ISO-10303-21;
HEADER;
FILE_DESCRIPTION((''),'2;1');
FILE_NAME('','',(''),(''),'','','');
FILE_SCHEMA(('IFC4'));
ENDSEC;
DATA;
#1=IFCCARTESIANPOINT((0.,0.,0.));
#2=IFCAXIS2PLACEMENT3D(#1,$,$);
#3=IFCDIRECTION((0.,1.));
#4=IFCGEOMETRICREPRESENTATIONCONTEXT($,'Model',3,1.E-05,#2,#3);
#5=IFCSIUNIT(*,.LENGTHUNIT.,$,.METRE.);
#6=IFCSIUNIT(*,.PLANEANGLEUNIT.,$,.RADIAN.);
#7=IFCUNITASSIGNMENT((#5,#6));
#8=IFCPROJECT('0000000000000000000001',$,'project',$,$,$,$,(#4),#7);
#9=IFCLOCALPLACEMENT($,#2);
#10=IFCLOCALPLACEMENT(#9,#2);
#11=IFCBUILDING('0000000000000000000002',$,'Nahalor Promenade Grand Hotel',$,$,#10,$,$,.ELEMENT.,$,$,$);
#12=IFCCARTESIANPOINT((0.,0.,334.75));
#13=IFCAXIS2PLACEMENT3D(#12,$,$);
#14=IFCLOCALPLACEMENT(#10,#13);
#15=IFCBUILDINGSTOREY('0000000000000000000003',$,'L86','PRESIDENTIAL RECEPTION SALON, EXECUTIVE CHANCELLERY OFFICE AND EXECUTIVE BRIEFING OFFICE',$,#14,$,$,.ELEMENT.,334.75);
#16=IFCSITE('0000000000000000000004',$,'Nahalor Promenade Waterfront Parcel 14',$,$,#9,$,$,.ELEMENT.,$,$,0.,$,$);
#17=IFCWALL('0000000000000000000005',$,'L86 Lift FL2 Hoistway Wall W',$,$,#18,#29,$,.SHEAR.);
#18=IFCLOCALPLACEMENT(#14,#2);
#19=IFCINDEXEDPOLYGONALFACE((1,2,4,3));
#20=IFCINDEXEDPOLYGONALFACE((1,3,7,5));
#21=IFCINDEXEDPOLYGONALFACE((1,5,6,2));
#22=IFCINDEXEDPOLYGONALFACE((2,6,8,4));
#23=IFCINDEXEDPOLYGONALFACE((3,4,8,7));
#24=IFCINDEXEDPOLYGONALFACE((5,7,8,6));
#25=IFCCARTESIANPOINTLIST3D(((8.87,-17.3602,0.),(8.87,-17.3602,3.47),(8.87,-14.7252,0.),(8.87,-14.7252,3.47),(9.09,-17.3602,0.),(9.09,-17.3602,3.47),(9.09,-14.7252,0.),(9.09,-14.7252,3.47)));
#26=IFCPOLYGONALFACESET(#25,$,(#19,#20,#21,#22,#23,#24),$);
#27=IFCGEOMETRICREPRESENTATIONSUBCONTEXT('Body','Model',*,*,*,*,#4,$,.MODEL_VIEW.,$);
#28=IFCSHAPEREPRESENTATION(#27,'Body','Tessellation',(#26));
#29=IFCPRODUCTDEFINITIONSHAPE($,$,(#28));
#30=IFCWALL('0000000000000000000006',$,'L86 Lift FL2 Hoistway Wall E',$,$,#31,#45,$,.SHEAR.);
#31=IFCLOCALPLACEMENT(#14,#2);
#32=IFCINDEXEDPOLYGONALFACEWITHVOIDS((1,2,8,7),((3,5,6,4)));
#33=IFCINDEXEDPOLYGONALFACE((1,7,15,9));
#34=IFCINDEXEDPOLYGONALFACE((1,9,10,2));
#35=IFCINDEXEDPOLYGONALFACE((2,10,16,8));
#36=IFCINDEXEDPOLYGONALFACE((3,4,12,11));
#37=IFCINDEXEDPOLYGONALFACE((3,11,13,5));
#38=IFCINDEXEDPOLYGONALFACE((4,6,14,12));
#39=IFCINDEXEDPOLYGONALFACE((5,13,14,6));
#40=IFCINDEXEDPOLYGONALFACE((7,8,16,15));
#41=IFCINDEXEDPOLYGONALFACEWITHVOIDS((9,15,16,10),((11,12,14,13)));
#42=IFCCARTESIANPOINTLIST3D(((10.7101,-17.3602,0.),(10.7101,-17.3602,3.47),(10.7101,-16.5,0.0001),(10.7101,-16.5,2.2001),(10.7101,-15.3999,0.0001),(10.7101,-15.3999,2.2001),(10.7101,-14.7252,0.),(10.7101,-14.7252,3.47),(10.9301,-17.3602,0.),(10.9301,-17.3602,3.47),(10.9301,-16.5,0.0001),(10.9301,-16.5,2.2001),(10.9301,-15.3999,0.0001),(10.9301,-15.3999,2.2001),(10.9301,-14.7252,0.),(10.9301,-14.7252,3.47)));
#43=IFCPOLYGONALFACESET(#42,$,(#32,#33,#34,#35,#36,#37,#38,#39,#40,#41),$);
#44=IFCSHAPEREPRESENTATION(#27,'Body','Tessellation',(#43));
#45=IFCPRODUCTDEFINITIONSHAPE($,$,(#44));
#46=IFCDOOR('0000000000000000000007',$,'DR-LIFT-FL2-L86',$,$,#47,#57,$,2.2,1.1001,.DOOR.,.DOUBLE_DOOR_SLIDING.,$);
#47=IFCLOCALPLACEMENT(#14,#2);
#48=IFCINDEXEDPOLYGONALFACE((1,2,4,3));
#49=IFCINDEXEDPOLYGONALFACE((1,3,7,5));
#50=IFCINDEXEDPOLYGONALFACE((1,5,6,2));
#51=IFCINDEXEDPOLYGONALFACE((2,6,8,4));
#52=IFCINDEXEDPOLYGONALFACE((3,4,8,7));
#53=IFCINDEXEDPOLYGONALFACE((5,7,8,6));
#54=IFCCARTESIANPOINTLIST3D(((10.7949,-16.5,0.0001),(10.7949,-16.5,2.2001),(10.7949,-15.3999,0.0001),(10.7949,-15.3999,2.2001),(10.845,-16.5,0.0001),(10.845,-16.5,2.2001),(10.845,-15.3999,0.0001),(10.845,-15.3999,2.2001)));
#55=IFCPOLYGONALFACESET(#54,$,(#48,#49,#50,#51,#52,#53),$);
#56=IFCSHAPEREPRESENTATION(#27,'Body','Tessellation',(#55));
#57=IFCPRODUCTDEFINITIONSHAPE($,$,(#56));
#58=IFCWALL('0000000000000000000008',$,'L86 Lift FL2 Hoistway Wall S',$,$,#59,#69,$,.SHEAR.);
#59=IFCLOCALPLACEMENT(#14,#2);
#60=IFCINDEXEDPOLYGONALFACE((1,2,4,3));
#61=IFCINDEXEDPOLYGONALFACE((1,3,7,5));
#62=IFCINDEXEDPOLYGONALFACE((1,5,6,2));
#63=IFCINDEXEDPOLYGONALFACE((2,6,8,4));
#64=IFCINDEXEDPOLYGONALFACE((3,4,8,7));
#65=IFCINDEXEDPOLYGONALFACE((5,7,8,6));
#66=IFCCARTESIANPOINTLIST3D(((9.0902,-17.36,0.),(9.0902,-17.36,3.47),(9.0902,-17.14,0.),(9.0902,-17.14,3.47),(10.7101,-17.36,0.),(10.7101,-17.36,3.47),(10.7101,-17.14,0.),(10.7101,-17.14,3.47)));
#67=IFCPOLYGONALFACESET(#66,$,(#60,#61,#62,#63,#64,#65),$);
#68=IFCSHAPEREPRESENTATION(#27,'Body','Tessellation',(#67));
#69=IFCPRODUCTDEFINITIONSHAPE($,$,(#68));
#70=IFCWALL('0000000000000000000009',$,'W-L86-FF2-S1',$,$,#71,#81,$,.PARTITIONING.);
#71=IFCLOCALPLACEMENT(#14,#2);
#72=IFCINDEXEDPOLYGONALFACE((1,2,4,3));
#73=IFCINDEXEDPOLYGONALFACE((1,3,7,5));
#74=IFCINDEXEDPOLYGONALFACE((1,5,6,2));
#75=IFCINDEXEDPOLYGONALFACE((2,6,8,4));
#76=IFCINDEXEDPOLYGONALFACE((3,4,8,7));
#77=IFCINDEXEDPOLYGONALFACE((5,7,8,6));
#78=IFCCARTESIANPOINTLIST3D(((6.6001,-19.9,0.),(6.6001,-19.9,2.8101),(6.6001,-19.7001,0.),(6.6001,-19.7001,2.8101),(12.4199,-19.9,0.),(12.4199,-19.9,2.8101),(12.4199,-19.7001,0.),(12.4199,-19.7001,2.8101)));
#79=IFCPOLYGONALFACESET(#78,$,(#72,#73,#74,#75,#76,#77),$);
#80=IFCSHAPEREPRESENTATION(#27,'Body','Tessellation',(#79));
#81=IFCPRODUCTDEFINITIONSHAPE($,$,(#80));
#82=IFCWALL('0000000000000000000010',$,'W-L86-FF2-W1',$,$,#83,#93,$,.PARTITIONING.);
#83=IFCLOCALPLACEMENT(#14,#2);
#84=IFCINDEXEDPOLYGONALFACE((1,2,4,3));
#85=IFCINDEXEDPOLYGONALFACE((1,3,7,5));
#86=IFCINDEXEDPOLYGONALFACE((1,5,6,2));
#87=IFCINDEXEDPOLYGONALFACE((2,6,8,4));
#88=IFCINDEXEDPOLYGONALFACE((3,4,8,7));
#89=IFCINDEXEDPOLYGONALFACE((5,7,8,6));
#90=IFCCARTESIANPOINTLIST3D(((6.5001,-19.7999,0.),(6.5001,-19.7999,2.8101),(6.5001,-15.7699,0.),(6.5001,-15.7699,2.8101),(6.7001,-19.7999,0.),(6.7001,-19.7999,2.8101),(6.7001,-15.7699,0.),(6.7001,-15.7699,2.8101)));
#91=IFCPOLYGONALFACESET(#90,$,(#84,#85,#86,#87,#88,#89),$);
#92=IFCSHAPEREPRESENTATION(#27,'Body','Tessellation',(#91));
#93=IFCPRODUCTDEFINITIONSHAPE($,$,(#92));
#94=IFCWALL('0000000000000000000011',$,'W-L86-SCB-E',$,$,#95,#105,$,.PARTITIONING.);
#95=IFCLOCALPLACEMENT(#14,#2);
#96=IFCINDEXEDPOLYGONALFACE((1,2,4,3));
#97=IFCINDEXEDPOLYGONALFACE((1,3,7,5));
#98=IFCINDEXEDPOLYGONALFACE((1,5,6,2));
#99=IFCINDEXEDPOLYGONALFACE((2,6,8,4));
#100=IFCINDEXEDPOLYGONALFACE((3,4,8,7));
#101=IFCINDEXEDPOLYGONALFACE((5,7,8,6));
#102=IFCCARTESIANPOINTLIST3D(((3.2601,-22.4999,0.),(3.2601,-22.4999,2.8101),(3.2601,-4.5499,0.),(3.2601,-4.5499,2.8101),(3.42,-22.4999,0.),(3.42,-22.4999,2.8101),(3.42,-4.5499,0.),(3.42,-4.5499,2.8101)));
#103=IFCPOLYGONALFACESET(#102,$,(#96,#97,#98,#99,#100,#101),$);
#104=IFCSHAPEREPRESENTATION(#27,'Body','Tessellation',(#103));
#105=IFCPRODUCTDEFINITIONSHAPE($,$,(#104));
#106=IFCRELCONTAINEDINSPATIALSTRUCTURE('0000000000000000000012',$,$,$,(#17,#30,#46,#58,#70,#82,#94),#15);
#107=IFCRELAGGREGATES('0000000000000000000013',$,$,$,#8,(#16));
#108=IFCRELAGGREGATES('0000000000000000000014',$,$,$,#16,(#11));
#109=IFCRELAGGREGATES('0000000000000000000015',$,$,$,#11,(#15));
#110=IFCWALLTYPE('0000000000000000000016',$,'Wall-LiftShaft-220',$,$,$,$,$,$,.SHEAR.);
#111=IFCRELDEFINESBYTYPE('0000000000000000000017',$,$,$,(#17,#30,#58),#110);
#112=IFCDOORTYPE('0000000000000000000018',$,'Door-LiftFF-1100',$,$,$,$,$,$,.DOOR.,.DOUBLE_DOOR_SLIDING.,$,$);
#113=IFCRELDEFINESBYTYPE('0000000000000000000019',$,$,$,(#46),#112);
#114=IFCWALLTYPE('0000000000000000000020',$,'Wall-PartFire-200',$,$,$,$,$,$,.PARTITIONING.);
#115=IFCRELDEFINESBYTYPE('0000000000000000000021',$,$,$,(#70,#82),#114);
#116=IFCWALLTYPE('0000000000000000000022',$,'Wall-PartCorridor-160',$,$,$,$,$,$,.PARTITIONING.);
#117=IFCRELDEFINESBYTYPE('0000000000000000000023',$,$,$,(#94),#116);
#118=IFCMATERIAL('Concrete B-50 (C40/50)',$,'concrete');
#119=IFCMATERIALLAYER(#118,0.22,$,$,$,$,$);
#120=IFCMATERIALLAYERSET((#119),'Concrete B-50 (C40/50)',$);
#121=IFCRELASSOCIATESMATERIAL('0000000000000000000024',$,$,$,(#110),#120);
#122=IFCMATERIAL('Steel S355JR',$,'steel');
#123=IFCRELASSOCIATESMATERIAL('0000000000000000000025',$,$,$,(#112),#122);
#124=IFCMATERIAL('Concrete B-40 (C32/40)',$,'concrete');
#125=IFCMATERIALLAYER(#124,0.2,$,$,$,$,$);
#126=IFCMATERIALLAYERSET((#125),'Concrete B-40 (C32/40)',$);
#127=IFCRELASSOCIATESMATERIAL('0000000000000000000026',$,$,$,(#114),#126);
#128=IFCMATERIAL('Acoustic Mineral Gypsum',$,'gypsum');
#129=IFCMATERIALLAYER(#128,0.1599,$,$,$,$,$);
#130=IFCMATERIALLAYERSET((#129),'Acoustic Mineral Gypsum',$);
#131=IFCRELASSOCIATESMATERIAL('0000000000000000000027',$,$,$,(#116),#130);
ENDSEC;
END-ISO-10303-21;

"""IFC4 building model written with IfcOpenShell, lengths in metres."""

from ifc_helpers import new_model, si_unit, direction, frame, frame_2d, origin, place, context, subcontext, project, spatial, rectangle, extrude, source, transform, mapped, material, layer, layer_set, type_object, element, fill, save


model = new_model("IFC4")

# Units and contexts
model_context = context("Model", 3, precision=1e-05, world=origin(), true_north=direction((0.0, 1.0)))
body_context = subcontext(model_context, "Body", "Model", "MODEL_VIEW")
ifc_project = project(units=[si_unit("LENGTHUNIT", "METRE"), si_unit("PLANEANGLEUNIT", "RADIAN")], contexts=[model_context])

# Site, building, storey
site_placement = place(None, origin())
site = spatial("IfcSite", under=ifc_project, at=site_placement, Name="Nahalor Promenade Waterfront Parcel 14", CompositionType="ELEMENT", RefElevation=0.0)
building_placement = place(site_placement, origin())
building = spatial("IfcBuilding", under=site, at=building_placement, Name="Nahalor Promenade Grand Hotel", CompositionType="ELEMENT")
storey_placement = place(building_placement, frame((0.0, 0.0, 334.75)))
storey = spatial("IfcBuildingStorey", under=building, at=storey_placement, Name="L86", Description="PRESIDENTIAL RECEPTION SALON, EXECUTIVE CHANCELLERY OFFICE AND EXECUTIVE BRIEFING OFFICE", CompositionType="ELEMENT", Elevation=334.75)

# Shared definitions
ifc_material_1 = material(Name="Concrete B-50 (C40/50)", Category="concrete")
ifc_material_2 = material(Name="Steel S355JR", Category="steel")

# Shared definitions
ifc_layer_1 = layer(ifc_material_1, 0.22)
ifc_layer_set_1 = layer_set([ifc_layer_1], Name="Concrete B-50 (C40/50)")
wall_type_1 = type_object("IfcWallType", Name="Wall-LiftShaft-220", PredefinedType="SHEAR", material=ifc_layer_set_1)

# Wall
shared_shape_1 = source(origin(), body_context, "Body", "SweptSolid", [
    extrude(rectangle(XDim=2.635, YDim=0.22, at=frame_2d((1.3174, 0.0))), origin(), (0.0, 0.0, 1.0), 3.47),
])
wall_1_placement = place(storey_placement, frame((8.98, -17.3601, 0.0), z_axis=(0.0, 0.0, 1.0), x_axis=(0.0, 1.0, 0.0)))
element("IfcWall", 1, at=wall_1_placement, inside=storey, type_object=wall_type_1, Name="L86 Lift FL2 Hoistway Wall W", PredefinedType="SHEAR", context=body_context, shape_type="MappedRepresentation", body=[
    mapped(shared_shape_1, transform((0.0, 0.0, 0.0), scale=1.0)),
])

# Wall, opening, door
wall_2_placement = place(storey_placement, frame((10.8201, -17.3601, 0.0), z_axis=(0.0, 0.0, 1.0), x_axis=(0.0, 1.0, 0.0)))
wall_2 = element("IfcWall", 2, at=wall_2_placement, inside=storey, type_object=wall_type_1, Name="L86 Lift FL2 Hoistway Wall E", PredefinedType="SHEAR", context=body_context, shape_type="MappedRepresentation", body=[
    mapped(shared_shape_1, transform((0.0, 0.0, 0.0), scale=1.0)),
])
opening_1_placement = place(wall_2_placement, frame((0.8601, 0.0, 0.0)))
opening_1 = element("IfcOpeningElement", 3, at=opening_1_placement, cuts=wall_2, PredefinedType="OPENING", context=body_context, shape_type="SweptSolid", body=[
    extrude(rectangle(XDim=1.1001, YDim=2.2, at=frame_2d((0.55, 1.1001))), frame((0.0, 0.1199, 0.0), z_axis=(0.0, -1.0, 0.0), x_axis=(1.0, 0.0, 0.0)), (0.0, 0.0, 1.0), 0.24),
])
door_type_1 = type_object("IfcDoorType", Name="Door-LiftFF-1100", OperationType="DOUBLE_DOOR_SLIDING", PredefinedType="DOOR", material=ifc_material_2)
shared_shape_2 = source(origin(), body_context, "Body", "SweptSolid", [
    extrude(rectangle(XDim=1.1001, YDim=2.2, at=frame_2d((0.55, 1.1001))), frame((0.0, 0.0249, 0.0), z_axis=(0.0, -1.0, 0.0), x_axis=(1.0, 0.0, 0.0)), (0.0, 0.0, 1.0), 0.05),
])
door_1_placement = place(opening_1_placement, frame((1.1001, 0.0, 0.0), z_axis=(0.0, 0.0, 1.0), x_axis=(-1.0, 0.0, 0.0)))
door_1 = element("IfcDoor", 4, at=door_1_placement, inside=storey, type_object=door_type_1, Name="DR-LIFT-FL2-L86", OperationType="DOUBLE_DOOR_SLIDING", OverallHeight=2.2, OverallWidth=1.1001, PredefinedType="DOOR", context=body_context, shape_type="MappedRepresentation", body=[
    mapped(shared_shape_2, transform((0.0, 0.0, 0.0), scale=1.0)),
])
fill(opening_1, door_1)

# Walls
shared_shape_3 = source(origin(), body_context, "Body", "SweptSolid", [
    extrude(rectangle(XDim=1.6199, YDim=0.22, at=frame_2d((0.8101, 0.0))), origin(), (0.0, 0.0, 1.0), 3.47),
])
wall_3_placement = place(storey_placement, frame((9.0901, -17.25, 0.0), z_axis=(0.0, 0.0, 1.0), x_axis=(1.0, 0.0, 0.0)))
element("IfcWall", 5, at=wall_3_placement, inside=storey, type_object=wall_type_1, Name="L86 Lift FL2 Hoistway Wall S", PredefinedType="SHEAR", context=body_context, shape_type="MappedRepresentation", body=[
    mapped(shared_shape_3, transform((0.0, 0.0, 0.0), scale=1.0)),
])
ifc_material_3 = material(Name="Concrete B-40 (C32/40)", Category="concrete")
ifc_layer_2 = layer(ifc_material_3, 0.2)
ifc_layer_set_2 = layer_set([ifc_layer_2], Name="Concrete B-40 (C32/40)")
wall_type_2 = type_object("IfcWallType", Name="Wall-PartFire-200", PredefinedType="PARTITIONING", material=ifc_layer_set_2)
shared_shape_4 = source(origin(), body_context, "Body", "SweptSolid", [
    extrude(rectangle(XDim=5.8198, YDim=0.2, at=frame_2d((2.9099, 0.0))), origin(), (0.0, 0.0, 1.0), 2.8101),
])
wall_4_placement = place(storey_placement, frame((6.6001, -19.8, 0.0), z_axis=(0.0, 0.0, 1.0), x_axis=(1.0, 0.0, 0.0)))
element("IfcWall", 6, at=wall_4_placement, inside=storey, type_object=wall_type_2, Name="W-L86-FF2-S1", PredefinedType="PARTITIONING", context=body_context, shape_type="MappedRepresentation", body=[
    mapped(shared_shape_4, transform((0.0, 0.0, 0.0), scale=1.0)),
])
shared_shape_5 = source(origin(), body_context, "Body", "SweptSolid", [
    extrude(rectangle(XDim=4.03, YDim=0.2, at=frame_2d((2.0151, 0.0))), origin(), (0.0, 0.0, 1.0), 2.8101),
])
wall_5_placement = place(storey_placement, frame((6.6001, -19.8, 0.0), z_axis=(0.0, 0.0, 1.0), x_axis=(0.0, 1.0, 0.0)))
element("IfcWall", 7, at=wall_5_placement, inside=storey, type_object=wall_type_2, Name="W-L86-FF2-W1", PredefinedType="PARTITIONING", context=body_context, shape_type="MappedRepresentation", body=[
    mapped(shared_shape_5, transform((0.0, 0.0, 0.0), scale=1.0)),
])
ifc_material_4 = material(Name="Acoustic Mineral Gypsum", Category="gypsum")
ifc_layer_3 = layer(ifc_material_4, 0.1599)
ifc_layer_set_3 = layer_set([ifc_layer_3], Name="Acoustic Mineral Gypsum")
wall_type_3 = type_object("IfcWallType", Name="Wall-PartCorridor-160", PredefinedType="PARTITIONING", material=ifc_layer_set_3)
shared_shape_6 = source(origin(), body_context, "Body", "SweptSolid", [
    extrude(rectangle(XDim=17.95, YDim=0.1599, at=frame_2d((8.9751, 0.0))), origin(), (0.0, 0.0, 1.0), 2.8101),
])
wall_6_placement = place(storey_placement, frame((3.3401, -22.5, 0.0), z_axis=(0.0, 0.0, 1.0), x_axis=(0.0, 1.0, 0.0)))
element("IfcWall", 8, at=wall_6_placement, inside=storey, type_object=wall_type_3, Name="W-L86-SCB-E", PredefinedType="PARTITIONING", context=body_context, shape_type="MappedRepresentation", body=[
    mapped(shared_shape_6, transform((0.0, 0.0, 0.0), scale=1.0)),
])

save(model, "model.ifc")
